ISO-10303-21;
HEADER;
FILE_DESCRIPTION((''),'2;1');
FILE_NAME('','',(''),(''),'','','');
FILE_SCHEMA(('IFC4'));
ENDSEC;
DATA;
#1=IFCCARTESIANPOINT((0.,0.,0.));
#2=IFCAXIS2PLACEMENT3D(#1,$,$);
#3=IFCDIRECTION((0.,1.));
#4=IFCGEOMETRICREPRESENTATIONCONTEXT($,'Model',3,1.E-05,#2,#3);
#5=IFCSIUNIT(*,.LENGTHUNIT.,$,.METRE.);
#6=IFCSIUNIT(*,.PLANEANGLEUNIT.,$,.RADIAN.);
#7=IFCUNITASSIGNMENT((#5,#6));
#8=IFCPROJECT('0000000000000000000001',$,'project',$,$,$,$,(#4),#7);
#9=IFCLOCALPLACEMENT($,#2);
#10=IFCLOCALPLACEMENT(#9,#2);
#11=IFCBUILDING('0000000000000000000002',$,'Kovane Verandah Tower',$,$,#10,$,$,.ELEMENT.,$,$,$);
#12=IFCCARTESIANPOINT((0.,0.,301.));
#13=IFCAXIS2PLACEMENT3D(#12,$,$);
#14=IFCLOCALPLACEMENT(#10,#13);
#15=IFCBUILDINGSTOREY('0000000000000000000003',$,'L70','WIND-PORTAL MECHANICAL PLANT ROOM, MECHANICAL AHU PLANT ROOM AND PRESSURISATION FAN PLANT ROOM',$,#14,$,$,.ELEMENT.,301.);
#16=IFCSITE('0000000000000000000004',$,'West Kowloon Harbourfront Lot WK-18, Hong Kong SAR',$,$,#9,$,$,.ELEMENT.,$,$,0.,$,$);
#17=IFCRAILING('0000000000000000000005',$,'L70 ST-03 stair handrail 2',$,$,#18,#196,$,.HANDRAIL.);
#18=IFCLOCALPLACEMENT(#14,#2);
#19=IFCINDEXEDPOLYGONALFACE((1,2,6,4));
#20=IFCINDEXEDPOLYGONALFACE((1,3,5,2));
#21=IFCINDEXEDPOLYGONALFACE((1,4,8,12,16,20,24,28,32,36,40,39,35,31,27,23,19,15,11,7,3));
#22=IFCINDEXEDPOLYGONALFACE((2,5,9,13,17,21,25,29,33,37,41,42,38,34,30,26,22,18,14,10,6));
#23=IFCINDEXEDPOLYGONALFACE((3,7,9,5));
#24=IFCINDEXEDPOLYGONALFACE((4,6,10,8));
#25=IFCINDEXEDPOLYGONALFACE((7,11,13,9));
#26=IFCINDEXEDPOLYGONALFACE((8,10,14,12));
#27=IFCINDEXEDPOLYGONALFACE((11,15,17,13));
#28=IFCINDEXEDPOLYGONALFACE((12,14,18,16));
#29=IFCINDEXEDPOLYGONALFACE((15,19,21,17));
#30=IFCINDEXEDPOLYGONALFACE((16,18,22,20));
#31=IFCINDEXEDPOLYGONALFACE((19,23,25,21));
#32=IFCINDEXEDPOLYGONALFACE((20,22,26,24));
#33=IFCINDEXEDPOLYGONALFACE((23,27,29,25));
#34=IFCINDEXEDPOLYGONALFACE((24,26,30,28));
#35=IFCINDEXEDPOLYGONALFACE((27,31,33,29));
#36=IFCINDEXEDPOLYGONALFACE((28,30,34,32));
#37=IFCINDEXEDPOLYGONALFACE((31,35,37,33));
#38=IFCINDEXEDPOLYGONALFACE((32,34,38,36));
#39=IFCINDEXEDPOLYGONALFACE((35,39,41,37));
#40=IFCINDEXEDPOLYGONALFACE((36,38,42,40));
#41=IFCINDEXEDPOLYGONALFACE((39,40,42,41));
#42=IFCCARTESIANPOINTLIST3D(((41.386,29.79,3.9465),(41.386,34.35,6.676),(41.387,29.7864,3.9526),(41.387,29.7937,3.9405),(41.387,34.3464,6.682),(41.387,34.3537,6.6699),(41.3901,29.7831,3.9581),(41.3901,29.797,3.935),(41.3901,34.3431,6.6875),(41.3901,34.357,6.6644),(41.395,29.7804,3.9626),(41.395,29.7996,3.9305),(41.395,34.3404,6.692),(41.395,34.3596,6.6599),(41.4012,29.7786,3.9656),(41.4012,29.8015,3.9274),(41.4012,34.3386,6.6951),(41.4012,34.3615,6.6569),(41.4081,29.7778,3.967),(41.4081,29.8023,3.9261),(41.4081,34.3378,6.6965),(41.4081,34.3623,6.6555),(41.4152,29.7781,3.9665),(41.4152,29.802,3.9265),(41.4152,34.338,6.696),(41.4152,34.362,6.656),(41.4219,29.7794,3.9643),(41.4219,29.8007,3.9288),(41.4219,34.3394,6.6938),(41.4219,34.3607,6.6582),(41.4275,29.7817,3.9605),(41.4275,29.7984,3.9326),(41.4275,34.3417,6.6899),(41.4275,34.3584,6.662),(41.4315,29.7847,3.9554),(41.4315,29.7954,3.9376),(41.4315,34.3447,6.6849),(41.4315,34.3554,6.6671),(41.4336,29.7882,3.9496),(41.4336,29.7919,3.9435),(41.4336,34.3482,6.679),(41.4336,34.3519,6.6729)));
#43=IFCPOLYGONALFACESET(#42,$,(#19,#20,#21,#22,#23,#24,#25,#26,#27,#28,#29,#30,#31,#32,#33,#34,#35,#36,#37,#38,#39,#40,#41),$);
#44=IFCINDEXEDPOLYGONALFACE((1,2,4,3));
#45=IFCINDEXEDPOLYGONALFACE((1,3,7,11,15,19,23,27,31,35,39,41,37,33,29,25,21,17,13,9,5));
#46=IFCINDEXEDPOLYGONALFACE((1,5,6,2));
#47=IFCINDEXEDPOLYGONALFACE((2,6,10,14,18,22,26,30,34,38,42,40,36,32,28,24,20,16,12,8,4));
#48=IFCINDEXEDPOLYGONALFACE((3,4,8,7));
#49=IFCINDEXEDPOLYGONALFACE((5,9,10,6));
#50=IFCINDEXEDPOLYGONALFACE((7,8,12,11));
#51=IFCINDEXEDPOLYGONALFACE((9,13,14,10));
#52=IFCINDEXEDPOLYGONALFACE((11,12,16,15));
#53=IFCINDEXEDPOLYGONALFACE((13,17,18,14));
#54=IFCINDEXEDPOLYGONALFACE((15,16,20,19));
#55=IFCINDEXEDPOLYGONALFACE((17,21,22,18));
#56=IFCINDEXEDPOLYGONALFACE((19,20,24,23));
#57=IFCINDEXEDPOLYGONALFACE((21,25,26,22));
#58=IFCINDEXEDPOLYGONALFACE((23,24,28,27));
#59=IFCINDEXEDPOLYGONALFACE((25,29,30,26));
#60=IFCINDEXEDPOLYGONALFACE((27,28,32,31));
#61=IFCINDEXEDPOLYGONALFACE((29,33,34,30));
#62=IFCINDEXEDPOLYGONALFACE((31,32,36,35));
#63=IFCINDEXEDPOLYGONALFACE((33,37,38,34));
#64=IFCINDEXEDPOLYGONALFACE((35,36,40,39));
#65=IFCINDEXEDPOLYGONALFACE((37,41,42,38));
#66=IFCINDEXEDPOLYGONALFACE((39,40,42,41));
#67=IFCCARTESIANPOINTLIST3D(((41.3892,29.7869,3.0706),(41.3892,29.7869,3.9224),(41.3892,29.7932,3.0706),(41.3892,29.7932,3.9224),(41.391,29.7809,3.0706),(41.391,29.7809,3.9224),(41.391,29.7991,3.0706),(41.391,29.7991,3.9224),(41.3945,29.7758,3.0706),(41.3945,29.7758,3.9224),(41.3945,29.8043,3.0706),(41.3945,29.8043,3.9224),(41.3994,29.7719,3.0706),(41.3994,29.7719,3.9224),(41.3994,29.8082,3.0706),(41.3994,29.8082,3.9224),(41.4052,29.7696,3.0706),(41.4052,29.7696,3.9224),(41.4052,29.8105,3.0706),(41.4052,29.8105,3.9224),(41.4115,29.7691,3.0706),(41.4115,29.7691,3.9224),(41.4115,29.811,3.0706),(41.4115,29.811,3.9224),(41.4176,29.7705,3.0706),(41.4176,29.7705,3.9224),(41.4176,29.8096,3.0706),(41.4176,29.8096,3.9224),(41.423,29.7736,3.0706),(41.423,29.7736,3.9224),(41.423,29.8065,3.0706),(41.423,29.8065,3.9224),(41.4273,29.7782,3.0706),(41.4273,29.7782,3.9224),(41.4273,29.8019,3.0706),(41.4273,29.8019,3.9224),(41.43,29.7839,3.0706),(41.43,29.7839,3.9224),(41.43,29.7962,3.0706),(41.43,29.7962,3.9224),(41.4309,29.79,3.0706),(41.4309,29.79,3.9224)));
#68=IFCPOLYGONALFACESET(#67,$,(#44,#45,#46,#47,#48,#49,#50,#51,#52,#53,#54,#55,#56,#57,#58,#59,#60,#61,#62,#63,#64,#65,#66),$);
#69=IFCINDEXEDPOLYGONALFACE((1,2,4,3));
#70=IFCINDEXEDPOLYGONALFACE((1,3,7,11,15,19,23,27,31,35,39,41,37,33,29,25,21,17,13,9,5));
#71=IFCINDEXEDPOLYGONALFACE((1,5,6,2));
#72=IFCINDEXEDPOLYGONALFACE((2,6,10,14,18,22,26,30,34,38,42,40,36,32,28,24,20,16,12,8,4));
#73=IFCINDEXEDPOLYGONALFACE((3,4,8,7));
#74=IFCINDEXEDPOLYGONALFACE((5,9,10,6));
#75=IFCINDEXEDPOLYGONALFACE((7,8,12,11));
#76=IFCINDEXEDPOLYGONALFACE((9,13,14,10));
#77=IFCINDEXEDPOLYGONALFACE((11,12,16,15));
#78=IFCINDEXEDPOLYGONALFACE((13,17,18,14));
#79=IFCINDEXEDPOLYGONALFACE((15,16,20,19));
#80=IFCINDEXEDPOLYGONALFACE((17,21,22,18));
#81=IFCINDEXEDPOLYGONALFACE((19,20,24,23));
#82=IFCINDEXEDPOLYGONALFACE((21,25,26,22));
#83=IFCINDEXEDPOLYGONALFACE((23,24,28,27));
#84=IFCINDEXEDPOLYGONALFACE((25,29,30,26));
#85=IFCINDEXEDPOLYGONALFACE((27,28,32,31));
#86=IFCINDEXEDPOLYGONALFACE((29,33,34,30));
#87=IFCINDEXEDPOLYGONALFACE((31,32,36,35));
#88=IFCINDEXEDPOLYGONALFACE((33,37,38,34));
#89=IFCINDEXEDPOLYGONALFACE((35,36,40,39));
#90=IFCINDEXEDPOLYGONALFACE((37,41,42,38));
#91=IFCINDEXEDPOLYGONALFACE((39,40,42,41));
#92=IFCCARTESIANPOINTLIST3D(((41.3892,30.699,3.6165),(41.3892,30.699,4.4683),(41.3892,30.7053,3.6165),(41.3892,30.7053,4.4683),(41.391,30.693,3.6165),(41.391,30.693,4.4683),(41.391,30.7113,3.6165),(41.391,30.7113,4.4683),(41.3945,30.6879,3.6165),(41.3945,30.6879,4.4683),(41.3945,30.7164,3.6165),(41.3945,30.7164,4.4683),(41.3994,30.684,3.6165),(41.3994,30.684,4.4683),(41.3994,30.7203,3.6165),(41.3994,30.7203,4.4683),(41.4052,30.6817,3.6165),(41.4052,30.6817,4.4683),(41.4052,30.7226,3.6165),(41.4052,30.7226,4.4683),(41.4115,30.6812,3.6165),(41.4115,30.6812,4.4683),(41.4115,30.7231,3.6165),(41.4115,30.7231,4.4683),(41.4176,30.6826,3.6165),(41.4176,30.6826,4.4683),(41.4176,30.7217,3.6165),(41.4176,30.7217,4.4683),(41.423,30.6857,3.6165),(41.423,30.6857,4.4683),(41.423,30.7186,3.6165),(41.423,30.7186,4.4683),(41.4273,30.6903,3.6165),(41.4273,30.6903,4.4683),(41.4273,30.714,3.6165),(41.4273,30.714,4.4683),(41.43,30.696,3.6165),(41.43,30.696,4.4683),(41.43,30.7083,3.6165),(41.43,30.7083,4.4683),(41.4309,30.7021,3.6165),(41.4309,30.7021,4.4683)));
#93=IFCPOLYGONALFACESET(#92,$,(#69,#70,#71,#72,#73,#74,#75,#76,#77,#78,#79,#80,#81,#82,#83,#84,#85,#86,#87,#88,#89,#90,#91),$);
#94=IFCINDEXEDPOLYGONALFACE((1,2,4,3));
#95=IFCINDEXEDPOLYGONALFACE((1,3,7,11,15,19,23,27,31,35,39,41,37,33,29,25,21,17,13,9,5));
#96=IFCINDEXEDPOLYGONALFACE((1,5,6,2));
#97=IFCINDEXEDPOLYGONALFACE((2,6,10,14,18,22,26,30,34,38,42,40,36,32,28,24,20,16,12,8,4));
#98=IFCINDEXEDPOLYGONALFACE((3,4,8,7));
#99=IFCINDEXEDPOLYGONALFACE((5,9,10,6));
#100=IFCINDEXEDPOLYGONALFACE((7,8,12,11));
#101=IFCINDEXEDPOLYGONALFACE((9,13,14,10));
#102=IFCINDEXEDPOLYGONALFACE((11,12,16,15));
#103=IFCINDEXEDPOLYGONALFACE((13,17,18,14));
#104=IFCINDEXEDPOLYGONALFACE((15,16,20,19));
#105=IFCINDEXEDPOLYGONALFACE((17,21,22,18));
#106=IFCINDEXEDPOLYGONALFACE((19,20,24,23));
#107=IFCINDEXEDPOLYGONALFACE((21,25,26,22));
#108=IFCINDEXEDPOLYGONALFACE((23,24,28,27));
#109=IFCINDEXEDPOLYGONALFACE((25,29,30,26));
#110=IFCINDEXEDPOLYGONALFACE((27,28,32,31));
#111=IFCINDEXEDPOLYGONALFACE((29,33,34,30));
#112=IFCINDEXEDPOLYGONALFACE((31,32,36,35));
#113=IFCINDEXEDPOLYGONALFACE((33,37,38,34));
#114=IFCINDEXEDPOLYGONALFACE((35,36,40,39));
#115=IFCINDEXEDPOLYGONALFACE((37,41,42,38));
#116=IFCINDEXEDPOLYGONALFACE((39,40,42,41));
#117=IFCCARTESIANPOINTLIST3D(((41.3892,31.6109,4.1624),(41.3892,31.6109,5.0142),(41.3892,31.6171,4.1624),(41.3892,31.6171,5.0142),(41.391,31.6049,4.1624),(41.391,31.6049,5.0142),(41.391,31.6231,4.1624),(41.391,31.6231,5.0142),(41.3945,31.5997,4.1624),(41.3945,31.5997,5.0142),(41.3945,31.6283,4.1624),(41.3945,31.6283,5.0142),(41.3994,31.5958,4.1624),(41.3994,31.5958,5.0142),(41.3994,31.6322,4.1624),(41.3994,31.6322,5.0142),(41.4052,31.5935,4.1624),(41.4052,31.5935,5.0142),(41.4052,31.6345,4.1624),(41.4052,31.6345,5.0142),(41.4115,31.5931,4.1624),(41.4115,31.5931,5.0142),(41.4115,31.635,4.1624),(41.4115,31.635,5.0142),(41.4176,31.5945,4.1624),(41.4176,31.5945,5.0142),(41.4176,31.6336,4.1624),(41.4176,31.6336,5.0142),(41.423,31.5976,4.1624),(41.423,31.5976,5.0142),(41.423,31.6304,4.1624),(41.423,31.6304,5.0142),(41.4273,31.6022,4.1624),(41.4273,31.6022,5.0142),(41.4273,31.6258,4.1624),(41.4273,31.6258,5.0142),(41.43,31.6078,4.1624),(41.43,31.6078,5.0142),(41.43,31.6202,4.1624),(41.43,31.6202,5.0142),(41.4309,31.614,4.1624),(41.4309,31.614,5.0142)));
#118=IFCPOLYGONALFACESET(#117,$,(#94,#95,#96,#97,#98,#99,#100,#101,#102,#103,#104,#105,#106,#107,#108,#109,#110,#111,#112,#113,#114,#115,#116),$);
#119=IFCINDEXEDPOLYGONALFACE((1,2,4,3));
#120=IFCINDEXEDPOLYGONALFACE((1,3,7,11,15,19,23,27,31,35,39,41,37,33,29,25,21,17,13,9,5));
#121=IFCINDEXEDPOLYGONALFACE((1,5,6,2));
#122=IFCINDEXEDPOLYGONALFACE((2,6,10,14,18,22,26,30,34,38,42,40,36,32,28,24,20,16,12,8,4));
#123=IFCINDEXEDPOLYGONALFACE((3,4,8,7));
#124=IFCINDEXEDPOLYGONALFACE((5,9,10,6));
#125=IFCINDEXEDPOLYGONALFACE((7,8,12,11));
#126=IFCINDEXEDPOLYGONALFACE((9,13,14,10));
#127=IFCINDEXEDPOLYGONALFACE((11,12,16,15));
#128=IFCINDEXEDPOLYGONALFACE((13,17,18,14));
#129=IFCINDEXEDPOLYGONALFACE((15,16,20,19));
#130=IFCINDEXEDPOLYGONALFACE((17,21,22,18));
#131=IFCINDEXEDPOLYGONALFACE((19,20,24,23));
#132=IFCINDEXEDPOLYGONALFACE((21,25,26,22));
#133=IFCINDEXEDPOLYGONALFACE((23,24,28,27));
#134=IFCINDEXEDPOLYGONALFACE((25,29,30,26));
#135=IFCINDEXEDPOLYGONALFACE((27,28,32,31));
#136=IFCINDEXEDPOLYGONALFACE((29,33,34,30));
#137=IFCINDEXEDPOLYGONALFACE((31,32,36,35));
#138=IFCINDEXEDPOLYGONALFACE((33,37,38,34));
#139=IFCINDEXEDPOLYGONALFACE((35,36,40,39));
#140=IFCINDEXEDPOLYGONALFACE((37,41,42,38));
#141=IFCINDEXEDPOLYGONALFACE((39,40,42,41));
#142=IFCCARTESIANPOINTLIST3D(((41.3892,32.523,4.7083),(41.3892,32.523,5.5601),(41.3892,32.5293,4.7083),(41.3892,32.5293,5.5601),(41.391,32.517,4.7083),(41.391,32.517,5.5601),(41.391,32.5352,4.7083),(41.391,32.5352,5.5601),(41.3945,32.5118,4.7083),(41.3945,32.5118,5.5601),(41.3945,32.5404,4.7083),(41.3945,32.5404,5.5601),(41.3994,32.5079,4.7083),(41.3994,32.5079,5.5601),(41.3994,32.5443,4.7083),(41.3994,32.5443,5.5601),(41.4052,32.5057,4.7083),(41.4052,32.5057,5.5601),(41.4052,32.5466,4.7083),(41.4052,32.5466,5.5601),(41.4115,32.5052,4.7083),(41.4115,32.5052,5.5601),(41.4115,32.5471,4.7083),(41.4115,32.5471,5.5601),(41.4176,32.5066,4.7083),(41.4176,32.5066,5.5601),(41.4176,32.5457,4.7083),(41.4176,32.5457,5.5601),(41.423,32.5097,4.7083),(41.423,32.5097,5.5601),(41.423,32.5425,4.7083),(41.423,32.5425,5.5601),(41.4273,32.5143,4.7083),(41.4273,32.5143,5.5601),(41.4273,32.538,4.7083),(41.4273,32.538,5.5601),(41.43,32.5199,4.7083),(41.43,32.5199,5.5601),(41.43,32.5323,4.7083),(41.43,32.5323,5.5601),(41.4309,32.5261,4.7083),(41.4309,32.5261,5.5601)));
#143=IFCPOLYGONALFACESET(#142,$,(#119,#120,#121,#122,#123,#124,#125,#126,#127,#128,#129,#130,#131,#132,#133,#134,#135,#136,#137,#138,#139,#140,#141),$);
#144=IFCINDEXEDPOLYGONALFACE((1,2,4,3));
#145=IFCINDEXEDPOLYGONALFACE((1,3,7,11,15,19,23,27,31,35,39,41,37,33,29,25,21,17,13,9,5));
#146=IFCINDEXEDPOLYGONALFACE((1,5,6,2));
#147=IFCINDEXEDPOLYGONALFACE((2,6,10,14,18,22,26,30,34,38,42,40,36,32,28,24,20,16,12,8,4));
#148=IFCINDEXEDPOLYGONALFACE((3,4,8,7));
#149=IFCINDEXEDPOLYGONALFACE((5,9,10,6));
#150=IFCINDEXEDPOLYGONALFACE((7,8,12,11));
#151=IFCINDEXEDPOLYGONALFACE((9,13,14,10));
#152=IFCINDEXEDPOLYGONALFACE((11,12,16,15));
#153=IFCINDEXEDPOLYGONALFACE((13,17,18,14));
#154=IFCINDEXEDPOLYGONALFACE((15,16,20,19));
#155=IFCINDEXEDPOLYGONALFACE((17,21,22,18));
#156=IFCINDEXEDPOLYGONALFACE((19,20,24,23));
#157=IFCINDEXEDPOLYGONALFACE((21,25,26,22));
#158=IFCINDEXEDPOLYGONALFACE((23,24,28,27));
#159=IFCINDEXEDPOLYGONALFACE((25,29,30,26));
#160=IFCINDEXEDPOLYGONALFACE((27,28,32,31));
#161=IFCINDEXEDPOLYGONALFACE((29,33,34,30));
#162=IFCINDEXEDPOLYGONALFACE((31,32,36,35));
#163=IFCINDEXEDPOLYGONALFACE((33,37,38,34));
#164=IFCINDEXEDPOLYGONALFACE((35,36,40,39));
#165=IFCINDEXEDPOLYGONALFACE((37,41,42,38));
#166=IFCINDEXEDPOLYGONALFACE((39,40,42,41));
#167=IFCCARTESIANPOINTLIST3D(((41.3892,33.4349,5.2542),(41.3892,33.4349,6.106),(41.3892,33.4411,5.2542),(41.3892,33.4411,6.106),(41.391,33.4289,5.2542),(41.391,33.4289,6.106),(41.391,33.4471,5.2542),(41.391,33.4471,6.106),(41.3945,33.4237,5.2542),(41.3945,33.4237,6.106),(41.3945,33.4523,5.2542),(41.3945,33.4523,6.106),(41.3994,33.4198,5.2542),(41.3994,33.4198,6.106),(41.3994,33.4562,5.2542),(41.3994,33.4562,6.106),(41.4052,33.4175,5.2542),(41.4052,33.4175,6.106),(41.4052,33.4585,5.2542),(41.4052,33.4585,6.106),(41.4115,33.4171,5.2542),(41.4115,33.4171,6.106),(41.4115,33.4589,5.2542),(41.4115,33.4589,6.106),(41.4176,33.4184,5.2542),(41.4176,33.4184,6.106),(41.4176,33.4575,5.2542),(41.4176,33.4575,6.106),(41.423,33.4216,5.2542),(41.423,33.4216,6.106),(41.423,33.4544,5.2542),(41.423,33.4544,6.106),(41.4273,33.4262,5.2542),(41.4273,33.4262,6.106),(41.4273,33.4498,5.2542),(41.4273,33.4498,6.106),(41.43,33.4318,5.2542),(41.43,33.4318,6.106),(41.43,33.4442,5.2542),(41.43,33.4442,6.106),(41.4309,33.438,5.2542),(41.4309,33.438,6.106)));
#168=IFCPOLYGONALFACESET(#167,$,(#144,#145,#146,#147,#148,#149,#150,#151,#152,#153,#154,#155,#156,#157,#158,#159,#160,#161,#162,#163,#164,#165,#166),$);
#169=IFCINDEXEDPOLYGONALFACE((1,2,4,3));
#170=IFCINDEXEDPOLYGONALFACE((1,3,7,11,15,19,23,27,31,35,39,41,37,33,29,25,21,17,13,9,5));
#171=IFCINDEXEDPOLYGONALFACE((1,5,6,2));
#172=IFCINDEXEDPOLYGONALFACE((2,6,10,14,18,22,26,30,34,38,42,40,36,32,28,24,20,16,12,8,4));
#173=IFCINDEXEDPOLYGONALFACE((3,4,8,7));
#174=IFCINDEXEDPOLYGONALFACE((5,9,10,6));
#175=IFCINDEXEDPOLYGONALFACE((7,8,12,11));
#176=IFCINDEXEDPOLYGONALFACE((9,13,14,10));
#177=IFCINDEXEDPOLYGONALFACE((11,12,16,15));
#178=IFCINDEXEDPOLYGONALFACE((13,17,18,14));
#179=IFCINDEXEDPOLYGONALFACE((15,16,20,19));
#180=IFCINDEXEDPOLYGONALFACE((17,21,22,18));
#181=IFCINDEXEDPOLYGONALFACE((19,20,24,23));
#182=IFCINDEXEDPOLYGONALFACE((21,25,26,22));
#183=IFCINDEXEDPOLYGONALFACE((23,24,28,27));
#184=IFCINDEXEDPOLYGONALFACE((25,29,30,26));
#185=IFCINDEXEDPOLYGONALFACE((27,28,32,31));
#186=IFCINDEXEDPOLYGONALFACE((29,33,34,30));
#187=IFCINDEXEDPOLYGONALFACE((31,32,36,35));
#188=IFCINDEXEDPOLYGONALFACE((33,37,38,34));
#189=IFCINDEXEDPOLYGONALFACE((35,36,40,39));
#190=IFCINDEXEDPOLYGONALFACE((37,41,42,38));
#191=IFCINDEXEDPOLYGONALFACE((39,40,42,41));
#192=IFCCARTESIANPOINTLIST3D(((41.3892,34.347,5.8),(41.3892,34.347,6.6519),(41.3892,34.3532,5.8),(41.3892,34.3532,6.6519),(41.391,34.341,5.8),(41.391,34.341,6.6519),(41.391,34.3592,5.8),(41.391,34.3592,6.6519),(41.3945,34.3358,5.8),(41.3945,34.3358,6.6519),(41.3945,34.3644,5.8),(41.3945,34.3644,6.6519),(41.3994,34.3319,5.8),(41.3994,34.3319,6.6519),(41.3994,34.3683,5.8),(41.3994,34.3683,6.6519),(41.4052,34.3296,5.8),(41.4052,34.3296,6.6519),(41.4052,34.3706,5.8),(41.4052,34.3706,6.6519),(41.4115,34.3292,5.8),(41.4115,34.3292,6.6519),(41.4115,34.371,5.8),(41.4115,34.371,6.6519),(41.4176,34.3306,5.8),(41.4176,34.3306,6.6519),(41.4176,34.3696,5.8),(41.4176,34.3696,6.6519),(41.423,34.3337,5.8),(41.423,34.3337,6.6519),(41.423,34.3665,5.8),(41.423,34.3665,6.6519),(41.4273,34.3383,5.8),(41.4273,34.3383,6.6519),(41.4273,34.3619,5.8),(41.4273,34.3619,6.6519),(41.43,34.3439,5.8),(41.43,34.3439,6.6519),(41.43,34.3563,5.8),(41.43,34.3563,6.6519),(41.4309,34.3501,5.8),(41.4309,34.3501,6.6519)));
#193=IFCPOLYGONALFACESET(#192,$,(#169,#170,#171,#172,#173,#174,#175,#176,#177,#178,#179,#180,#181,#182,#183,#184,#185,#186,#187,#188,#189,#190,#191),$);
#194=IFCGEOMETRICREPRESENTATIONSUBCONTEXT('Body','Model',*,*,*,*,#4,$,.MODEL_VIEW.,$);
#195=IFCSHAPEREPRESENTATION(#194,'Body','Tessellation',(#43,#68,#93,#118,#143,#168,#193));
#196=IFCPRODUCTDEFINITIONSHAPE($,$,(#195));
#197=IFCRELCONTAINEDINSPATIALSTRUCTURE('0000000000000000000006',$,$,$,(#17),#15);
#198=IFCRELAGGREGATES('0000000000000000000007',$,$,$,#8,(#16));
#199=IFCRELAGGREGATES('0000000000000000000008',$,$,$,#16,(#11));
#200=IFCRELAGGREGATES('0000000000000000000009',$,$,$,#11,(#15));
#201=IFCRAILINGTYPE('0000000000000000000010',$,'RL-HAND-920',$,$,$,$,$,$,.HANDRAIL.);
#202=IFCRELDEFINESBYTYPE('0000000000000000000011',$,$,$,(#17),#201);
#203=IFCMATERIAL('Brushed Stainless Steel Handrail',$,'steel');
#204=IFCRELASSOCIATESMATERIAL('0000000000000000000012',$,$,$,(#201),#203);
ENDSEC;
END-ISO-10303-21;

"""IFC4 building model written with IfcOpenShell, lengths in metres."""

from ifc_helpers import new_model, si_unit, direction, frame, origin, origin_2d, place, context, subcontext, project, spatial, circle, extrude, material, type_object, element, save


model = new_model("IFC4")

# Units and contexts
model_context = context("Model", 3, precision=1e-05, world=origin(), true_north=direction((0.0, 1.0)))
body_context = subcontext(model_context, "Body", "Model", "MODEL_VIEW")
ifc_project = project(units=[si_unit("LENGTHUNIT", "METRE"), si_unit("PLANEANGLEUNIT", "RADIAN")], contexts=[model_context])

# Site, building, storey
site_placement = place(None, origin())
site = spatial("IfcSite", under=ifc_project, at=site_placement, Name="West Kowloon Harbourfront Lot WK-18, Hong Kong SAR", CompositionType="ELEMENT", RefElevation=0.0)
building_placement = place(site_placement, origin())
building = spatial("IfcBuilding", under=site, at=building_placement, Name="Kovane Verandah Tower", CompositionType="ELEMENT")
storey_placement = place(building_placement, frame((0.0, 0.0, 301.0)))
storey = spatial("IfcBuildingStorey", under=building, at=storey_placement, Name="L70", Description="WIND-PORTAL MECHANICAL PLANT ROOM, MECHANICAL AHU PLANT ROOM AND PRESSURISATION FAN PLANT ROOM", CompositionType="ELEMENT", Elevation=301.0)

# Railing
ifc_material_1 = material(Name="Brushed Stainless Steel Handrail", Category="steel")
railing_type_1 = type_object("IfcRailingType", Name="RL-HAND-920", PredefinedType="HANDRAIL", material=ifc_material_1)
railing_1_placement = place(storey_placement, frame((41.4099, 29.79, 3.0706)))
element("IfcRailing", 1, at=railing_1_placement, inside=storey, type_object=railing_type_1, Name="L70 ST-03 stair handrail 2", PredefinedType="HANDRAIL", context=body_context, shape_type="SweptSolid", body=[
    extrude(circle(Radius=0.0239, at=origin_2d()), frame((0.0, 0.0, 0.876), z_axis=(0.0, 0.858036, 0.51359), x_axis=(-1.0, 0.0, 0.0)), (0.0, 0.0, 1.0), 5.3145),
    extrude(circle(Radius=0.021, at=origin_2d()), origin(), (0.0, 0.0, 1.0), 0.8518),
    extrude(circle(Radius=0.021, at=origin_2d()), frame((0.0, 0.9121, 0.5459)), (0.0, 0.0, 1.0), 0.8518),
    extrude(circle(Radius=0.021, at=origin_2d()), frame((0.0, 1.824, 1.0918)), (0.0, 0.0, 1.0), 0.8518),
    extrude(circle(Radius=0.021, at=origin_2d()), frame((0.0, 2.7361, 1.6377)), (0.0, 0.0, 1.0), 0.8518),
    extrude(circle(Radius=0.021, at=origin_2d()), frame((0.0, 3.6479, 2.1836)), (0.0, 0.0, 1.0), 0.8518),
    extrude(circle(Radius=0.021, at=origin_2d()), frame((0.0, 4.5601, 2.7295)), (0.0, 0.0, 1.0), 0.8518),
])

save(model, "model.ifc")
